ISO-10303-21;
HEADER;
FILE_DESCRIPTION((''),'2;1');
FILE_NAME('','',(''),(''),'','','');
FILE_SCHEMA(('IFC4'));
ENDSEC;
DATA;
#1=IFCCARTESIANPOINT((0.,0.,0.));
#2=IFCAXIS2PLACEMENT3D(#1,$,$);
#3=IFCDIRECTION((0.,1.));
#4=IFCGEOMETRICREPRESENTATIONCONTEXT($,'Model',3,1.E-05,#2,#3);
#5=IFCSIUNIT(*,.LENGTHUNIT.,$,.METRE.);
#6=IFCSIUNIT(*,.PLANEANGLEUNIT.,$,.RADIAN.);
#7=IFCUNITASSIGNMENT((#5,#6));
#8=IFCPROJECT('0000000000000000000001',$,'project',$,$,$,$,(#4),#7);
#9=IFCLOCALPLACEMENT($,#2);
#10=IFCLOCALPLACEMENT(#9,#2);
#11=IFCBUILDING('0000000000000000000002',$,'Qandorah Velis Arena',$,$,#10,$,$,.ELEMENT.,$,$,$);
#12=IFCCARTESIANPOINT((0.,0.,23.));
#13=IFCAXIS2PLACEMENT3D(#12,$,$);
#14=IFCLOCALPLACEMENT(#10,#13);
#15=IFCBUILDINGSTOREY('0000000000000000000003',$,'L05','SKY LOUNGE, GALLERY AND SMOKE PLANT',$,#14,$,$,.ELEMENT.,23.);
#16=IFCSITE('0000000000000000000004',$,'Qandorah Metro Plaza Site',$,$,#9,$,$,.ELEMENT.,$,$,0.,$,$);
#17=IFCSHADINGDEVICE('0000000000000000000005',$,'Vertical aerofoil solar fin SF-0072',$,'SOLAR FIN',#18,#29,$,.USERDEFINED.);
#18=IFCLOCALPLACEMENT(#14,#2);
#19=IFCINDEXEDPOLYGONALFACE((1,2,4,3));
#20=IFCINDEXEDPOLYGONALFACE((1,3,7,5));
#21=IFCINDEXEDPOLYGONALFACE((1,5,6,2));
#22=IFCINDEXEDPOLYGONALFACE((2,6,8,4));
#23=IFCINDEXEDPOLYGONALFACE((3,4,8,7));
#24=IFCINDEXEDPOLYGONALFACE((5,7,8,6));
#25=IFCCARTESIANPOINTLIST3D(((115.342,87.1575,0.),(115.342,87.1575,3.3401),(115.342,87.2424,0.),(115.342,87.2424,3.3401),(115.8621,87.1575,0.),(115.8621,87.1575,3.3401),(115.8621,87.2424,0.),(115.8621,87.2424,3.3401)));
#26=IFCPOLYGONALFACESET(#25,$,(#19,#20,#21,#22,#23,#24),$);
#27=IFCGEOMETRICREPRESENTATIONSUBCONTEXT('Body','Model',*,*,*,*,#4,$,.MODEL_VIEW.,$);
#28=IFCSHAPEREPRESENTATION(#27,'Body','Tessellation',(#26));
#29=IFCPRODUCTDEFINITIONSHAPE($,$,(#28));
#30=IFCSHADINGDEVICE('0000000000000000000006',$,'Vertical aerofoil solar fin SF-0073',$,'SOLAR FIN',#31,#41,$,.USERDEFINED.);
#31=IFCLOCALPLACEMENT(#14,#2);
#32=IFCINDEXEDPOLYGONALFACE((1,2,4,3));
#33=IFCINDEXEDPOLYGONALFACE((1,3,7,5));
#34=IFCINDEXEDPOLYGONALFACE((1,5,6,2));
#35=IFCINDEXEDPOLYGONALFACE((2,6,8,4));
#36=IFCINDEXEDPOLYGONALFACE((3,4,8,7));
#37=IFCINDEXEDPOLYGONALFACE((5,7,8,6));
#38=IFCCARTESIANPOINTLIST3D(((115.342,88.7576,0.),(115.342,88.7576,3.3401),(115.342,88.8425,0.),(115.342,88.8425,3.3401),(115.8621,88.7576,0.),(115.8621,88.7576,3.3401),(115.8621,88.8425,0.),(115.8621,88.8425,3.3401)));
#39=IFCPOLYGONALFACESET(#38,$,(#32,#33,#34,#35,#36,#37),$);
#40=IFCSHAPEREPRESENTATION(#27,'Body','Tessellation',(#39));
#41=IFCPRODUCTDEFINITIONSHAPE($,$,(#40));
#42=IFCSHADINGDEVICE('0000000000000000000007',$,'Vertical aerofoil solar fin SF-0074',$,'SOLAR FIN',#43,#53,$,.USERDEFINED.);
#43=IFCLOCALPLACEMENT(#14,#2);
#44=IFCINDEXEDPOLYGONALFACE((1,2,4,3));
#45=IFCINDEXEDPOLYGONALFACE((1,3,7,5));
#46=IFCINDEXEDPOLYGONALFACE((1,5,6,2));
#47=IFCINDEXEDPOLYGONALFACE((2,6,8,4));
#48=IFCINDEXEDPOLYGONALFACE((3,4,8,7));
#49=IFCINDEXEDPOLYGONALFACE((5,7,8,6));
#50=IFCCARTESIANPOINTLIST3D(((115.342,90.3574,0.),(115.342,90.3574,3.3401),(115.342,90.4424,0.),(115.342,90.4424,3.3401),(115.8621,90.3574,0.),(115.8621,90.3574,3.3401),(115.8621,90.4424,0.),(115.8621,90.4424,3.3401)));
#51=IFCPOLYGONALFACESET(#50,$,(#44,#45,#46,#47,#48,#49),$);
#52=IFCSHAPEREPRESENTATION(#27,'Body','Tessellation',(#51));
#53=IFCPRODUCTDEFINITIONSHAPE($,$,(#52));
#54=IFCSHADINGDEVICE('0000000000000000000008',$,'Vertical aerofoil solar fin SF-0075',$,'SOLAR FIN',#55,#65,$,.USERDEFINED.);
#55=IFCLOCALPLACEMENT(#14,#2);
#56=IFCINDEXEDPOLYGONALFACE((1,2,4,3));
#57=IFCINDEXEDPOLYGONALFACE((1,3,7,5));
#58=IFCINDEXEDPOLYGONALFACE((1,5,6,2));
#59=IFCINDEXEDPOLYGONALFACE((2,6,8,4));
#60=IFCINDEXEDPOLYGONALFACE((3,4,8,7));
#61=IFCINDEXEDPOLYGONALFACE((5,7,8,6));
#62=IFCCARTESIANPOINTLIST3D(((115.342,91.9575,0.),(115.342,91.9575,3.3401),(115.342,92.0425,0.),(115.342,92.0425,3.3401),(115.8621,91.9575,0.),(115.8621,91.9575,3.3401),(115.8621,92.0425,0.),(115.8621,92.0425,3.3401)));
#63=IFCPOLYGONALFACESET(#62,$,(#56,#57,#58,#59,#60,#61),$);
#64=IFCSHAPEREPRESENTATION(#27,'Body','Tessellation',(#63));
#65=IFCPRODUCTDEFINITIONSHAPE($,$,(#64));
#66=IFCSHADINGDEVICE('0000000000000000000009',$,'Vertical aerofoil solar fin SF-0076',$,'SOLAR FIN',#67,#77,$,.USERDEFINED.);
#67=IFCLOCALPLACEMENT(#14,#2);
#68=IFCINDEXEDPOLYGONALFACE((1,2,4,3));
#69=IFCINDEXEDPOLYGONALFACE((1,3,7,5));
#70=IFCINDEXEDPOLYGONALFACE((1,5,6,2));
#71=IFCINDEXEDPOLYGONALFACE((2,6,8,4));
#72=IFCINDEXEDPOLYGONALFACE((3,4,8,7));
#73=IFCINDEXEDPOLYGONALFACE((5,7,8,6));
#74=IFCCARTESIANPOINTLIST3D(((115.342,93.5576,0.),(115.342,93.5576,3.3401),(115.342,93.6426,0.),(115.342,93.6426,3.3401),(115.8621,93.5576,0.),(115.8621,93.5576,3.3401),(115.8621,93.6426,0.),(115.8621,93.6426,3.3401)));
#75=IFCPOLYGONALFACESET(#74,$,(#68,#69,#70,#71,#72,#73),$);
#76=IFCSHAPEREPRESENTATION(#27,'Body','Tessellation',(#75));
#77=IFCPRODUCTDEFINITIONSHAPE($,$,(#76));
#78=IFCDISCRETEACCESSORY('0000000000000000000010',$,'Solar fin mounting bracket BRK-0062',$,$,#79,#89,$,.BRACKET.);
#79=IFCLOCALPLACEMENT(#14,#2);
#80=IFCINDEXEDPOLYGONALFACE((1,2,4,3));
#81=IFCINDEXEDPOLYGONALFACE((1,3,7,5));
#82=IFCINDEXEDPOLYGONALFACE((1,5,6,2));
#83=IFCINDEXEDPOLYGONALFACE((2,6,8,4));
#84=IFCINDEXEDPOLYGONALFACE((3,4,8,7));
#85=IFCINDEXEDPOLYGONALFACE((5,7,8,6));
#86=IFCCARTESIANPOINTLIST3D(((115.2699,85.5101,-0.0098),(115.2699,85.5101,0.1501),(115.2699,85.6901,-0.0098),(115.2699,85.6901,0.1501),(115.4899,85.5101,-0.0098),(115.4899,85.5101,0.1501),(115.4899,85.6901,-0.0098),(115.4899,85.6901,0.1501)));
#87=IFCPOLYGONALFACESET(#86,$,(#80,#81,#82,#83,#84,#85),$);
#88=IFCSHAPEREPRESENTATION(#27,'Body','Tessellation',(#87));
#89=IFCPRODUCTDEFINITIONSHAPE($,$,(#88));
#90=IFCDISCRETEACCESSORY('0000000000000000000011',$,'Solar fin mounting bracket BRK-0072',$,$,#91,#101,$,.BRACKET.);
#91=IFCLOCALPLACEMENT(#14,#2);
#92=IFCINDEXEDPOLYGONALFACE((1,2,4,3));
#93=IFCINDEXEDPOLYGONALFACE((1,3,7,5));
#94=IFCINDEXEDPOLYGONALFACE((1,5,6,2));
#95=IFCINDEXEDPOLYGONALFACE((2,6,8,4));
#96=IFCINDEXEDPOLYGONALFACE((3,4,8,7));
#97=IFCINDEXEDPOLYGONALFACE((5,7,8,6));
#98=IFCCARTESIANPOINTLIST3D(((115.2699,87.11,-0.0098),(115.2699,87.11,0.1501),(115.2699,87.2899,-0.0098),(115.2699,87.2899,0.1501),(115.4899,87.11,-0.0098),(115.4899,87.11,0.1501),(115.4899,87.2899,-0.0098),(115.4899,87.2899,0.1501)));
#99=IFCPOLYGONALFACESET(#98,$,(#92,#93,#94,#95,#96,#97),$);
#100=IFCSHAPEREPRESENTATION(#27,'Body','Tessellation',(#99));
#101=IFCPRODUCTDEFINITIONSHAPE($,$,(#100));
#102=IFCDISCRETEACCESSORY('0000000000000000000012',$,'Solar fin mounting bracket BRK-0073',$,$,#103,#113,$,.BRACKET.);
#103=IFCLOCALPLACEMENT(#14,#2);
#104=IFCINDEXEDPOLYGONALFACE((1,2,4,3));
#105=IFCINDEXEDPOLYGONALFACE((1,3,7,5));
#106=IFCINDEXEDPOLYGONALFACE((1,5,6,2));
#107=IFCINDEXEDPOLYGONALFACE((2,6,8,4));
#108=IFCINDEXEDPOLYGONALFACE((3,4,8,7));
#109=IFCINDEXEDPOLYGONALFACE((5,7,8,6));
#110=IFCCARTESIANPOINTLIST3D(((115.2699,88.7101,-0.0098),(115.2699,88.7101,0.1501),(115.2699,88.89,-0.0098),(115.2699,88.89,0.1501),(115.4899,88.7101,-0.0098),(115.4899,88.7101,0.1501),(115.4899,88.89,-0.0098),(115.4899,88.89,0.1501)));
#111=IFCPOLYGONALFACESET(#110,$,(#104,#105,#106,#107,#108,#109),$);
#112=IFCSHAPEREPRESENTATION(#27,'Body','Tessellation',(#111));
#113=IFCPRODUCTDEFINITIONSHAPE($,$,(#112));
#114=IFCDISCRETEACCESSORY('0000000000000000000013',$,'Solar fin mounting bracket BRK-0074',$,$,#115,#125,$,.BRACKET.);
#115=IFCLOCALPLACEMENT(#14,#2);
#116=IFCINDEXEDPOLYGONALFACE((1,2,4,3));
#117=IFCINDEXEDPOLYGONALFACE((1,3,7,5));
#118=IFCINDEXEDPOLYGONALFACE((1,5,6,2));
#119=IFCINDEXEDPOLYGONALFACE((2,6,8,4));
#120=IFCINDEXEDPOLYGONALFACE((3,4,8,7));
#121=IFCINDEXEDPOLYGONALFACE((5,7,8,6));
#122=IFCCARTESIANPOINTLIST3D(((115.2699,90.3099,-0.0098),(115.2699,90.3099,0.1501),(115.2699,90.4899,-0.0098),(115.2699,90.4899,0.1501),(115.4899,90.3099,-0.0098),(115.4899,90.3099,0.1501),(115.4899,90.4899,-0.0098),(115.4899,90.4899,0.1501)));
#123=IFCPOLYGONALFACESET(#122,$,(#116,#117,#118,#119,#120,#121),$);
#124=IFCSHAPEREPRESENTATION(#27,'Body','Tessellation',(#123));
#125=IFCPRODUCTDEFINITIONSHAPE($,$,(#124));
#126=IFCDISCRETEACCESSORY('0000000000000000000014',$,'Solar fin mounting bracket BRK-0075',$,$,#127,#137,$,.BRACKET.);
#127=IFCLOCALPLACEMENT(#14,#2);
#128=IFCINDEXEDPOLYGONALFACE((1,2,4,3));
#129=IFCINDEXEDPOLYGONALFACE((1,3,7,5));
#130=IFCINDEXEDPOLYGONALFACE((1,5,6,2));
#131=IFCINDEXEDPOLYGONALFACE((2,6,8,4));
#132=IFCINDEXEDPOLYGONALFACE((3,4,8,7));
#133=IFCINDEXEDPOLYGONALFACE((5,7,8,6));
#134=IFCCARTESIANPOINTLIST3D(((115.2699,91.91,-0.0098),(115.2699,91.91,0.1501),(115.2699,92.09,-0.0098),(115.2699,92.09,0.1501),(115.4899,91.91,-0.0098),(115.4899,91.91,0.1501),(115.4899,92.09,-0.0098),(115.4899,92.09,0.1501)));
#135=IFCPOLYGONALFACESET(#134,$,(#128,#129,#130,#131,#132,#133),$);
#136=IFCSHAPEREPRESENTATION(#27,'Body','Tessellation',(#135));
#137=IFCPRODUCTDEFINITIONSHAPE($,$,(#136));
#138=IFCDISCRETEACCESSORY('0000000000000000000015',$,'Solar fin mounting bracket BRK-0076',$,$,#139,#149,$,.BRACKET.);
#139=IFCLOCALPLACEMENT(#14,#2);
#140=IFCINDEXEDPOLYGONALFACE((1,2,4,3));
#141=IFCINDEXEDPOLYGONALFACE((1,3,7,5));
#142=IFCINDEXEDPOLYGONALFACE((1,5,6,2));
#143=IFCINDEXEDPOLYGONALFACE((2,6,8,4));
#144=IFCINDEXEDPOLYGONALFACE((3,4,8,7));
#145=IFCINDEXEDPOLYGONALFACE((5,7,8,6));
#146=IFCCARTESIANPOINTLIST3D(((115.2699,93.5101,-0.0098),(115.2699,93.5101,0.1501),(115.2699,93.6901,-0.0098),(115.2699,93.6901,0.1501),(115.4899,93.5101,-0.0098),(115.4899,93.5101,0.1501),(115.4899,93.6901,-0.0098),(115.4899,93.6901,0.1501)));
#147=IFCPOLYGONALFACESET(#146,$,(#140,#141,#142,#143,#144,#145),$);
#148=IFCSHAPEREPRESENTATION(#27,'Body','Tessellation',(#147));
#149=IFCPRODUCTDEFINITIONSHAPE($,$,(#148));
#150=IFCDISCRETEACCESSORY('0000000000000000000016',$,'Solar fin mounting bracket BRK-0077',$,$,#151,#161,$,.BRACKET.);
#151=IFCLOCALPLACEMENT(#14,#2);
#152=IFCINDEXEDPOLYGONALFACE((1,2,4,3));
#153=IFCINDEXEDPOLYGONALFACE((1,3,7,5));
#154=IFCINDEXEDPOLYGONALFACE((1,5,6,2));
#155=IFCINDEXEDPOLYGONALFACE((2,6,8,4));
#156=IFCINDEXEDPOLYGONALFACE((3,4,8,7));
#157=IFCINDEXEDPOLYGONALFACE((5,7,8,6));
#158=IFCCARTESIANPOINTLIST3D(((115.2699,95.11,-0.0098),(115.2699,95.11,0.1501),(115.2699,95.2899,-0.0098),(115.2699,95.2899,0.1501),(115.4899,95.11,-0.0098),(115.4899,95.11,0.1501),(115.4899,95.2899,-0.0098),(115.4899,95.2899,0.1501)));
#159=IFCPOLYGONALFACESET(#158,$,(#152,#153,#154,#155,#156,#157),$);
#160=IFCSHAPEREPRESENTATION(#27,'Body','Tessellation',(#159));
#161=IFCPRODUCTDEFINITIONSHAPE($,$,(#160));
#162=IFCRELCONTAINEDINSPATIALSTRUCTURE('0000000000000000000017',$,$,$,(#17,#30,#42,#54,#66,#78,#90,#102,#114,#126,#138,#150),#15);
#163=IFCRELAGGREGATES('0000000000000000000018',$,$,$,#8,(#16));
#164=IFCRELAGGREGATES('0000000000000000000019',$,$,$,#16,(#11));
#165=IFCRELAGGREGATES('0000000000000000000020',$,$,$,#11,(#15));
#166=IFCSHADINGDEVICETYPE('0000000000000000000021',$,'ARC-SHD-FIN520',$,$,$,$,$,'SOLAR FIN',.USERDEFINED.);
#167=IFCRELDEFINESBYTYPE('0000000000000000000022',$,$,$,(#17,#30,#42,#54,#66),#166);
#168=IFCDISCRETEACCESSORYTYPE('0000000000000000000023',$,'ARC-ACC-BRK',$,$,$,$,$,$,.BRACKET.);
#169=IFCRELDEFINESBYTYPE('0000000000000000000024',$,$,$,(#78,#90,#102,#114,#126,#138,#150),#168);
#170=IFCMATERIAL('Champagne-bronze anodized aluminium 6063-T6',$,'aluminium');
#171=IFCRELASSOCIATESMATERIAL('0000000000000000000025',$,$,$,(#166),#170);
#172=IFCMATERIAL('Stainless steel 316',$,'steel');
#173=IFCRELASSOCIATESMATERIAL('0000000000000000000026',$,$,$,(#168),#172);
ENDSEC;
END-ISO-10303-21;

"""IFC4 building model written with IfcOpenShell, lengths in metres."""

from ifc_helpers import new_model, si_unit, direction, frame, origin, origin_2d, place, context, subcontext, project, spatial, rectangle, extrude, material, type_object, element, save


model = new_model("IFC4")

# Units and contexts
model_context = context("Model", 3, precision=1e-05, world=origin(), true_north=direction((0.0, 1.0)))
body_context = subcontext(model_context, "Body", "Model", "MODEL_VIEW")
ifc_project = project(units=[si_unit("LENGTHUNIT", "METRE"), si_unit("PLANEANGLEUNIT", "RADIAN")], contexts=[model_context])

# Site, building, storey
site_placement = place(None, origin())
site = spatial("IfcSite", under=ifc_project, at=site_placement, Name="Qandorah Metro Plaza Site", CompositionType="ELEMENT", RefElevation=0.0)
building_placement = place(site_placement, origin())
building = spatial("IfcBuilding", under=site, at=building_placement, Name="Qandorah Velis Arena", CompositionType="ELEMENT")
storey_placement = place(building_placement, frame((0.0, 0.0, 23.0)))
storey = spatial("IfcBuildingStorey", under=building, at=storey_placement, Name="L05", Description="SKY LOUNGE, GALLERY AND SMOKE PLANT", CompositionType="ELEMENT", Elevation=23.0)

# Shared definitions
ifc_material_1 = material(Name="Champagne-bronze anodized aluminium 6063-T6", Category="aluminium")

# Shading devices
shading_device_type = type_object("IfcShadingDeviceType", Name="ARC-SHD-FIN520", ElementType="SOLAR FIN", PredefinedType="USERDEFINED", material=ifc_material_1)
for number, where, z_axis, x_axis, name in (
    (1, (115.6021, 87.2, 0.0), (0.0, 0.0, 1.0), (1.0, 0.0, 0.0), "Vertical aerofoil solar fin SF-0072"),
    (2, (115.6021, 88.8, 0.0), (0.0, 0.0, 1.0), (1.0, 0.0, 0.0), "Vertical aerofoil solar fin SF-0073"),
    (3, (115.6021, 90.3999, 0.0), (0.0, 0.0, 1.0), (1.0, 0.0, 0.0), "Vertical aerofoil solar fin SF-0074"),
    (4, (115.6021, 92.0, 0.0), (0.0, 0.0, 1.0), (1.0, 0.0, 0.0), "Vertical aerofoil solar fin SF-0075"),
    (5, (115.6021, 93.6001, 0.0), (0.0, 0.0, 1.0), (1.0, 0.0, 0.0), "Vertical aerofoil solar fin SF-0076"),
):
    element("IfcShadingDevice", number, at=place(storey_placement, frame(where, z_axis=z_axis, x_axis=x_axis)), inside=storey, type_object=shading_device_type, Name=name, ObjectType="SOLAR FIN", PredefinedType="USERDEFINED", context=body_context, shape_type="SweptSolid", body=[
        extrude(rectangle(XDim=0.52, YDim=0.085, at=origin_2d()), origin(), (0.0, 0.0, 1.0), 3.3401),
    ])

# Discrete accessories
ifc_material_2 = material(Name="Stainless steel 316", Category="steel")
discrete_accessory_type = type_object("IfcDiscreteAccessoryType", Name="ARC-ACC-BRK", PredefinedType="BRACKET", material=ifc_material_2)
for number, where, z_axis, x_axis, name in (
    (6, (115.3799, 85.6001, -0.0098), (0.0, 0.0, 1.0), (1.0, 0.0, 0.0), "Solar fin mounting bracket BRK-0062"),
    (7, (115.3799, 87.2, -0.0098), (0.0, 0.0, 1.0), (1.0, 0.0, 0.0), "Solar fin mounting bracket BRK-0072"),
    (8, (115.3799, 88.8, -0.0098), (0.0, 0.0, 1.0), (1.0, 0.0, 0.0), "Solar fin mounting bracket BRK-0073"),
    (9, (115.3799, 90.3999, -0.0098), (0.0, 0.0, 1.0), (1.0, 0.0, 0.0), "Solar fin mounting bracket BRK-0074"),
    (10, (115.3799, 92.0, -0.0098), (0.0, 0.0, 1.0), (1.0, 0.0, 0.0), "Solar fin mounting bracket BRK-0075"),
    (11, (115.3799, 93.6001, -0.0098), (0.0, 0.0, 1.0), (1.0, 0.0, 0.0), "Solar fin mounting bracket BRK-0076"),
    (12, (115.3799, 95.2, -0.0098), (0.0, 0.0, 1.0), (1.0, 0.0, 0.0), "Solar fin mounting bracket BRK-0077"),
):
    element("IfcDiscreteAccessory", number, at=place(storey_placement, frame(where, z_axis=z_axis, x_axis=x_axis)), inside=storey, type_object=discrete_accessory_type, Name=name, PredefinedType="BRACKET", context=body_context, shape_type="SweptSolid", body=[
        extrude(rectangle(XDim=0.22, YDim=0.1799, at=origin_2d()), origin(), (0.0, 0.0, 1.0), 0.1599),
    ])

save(model, "model.ifc")
